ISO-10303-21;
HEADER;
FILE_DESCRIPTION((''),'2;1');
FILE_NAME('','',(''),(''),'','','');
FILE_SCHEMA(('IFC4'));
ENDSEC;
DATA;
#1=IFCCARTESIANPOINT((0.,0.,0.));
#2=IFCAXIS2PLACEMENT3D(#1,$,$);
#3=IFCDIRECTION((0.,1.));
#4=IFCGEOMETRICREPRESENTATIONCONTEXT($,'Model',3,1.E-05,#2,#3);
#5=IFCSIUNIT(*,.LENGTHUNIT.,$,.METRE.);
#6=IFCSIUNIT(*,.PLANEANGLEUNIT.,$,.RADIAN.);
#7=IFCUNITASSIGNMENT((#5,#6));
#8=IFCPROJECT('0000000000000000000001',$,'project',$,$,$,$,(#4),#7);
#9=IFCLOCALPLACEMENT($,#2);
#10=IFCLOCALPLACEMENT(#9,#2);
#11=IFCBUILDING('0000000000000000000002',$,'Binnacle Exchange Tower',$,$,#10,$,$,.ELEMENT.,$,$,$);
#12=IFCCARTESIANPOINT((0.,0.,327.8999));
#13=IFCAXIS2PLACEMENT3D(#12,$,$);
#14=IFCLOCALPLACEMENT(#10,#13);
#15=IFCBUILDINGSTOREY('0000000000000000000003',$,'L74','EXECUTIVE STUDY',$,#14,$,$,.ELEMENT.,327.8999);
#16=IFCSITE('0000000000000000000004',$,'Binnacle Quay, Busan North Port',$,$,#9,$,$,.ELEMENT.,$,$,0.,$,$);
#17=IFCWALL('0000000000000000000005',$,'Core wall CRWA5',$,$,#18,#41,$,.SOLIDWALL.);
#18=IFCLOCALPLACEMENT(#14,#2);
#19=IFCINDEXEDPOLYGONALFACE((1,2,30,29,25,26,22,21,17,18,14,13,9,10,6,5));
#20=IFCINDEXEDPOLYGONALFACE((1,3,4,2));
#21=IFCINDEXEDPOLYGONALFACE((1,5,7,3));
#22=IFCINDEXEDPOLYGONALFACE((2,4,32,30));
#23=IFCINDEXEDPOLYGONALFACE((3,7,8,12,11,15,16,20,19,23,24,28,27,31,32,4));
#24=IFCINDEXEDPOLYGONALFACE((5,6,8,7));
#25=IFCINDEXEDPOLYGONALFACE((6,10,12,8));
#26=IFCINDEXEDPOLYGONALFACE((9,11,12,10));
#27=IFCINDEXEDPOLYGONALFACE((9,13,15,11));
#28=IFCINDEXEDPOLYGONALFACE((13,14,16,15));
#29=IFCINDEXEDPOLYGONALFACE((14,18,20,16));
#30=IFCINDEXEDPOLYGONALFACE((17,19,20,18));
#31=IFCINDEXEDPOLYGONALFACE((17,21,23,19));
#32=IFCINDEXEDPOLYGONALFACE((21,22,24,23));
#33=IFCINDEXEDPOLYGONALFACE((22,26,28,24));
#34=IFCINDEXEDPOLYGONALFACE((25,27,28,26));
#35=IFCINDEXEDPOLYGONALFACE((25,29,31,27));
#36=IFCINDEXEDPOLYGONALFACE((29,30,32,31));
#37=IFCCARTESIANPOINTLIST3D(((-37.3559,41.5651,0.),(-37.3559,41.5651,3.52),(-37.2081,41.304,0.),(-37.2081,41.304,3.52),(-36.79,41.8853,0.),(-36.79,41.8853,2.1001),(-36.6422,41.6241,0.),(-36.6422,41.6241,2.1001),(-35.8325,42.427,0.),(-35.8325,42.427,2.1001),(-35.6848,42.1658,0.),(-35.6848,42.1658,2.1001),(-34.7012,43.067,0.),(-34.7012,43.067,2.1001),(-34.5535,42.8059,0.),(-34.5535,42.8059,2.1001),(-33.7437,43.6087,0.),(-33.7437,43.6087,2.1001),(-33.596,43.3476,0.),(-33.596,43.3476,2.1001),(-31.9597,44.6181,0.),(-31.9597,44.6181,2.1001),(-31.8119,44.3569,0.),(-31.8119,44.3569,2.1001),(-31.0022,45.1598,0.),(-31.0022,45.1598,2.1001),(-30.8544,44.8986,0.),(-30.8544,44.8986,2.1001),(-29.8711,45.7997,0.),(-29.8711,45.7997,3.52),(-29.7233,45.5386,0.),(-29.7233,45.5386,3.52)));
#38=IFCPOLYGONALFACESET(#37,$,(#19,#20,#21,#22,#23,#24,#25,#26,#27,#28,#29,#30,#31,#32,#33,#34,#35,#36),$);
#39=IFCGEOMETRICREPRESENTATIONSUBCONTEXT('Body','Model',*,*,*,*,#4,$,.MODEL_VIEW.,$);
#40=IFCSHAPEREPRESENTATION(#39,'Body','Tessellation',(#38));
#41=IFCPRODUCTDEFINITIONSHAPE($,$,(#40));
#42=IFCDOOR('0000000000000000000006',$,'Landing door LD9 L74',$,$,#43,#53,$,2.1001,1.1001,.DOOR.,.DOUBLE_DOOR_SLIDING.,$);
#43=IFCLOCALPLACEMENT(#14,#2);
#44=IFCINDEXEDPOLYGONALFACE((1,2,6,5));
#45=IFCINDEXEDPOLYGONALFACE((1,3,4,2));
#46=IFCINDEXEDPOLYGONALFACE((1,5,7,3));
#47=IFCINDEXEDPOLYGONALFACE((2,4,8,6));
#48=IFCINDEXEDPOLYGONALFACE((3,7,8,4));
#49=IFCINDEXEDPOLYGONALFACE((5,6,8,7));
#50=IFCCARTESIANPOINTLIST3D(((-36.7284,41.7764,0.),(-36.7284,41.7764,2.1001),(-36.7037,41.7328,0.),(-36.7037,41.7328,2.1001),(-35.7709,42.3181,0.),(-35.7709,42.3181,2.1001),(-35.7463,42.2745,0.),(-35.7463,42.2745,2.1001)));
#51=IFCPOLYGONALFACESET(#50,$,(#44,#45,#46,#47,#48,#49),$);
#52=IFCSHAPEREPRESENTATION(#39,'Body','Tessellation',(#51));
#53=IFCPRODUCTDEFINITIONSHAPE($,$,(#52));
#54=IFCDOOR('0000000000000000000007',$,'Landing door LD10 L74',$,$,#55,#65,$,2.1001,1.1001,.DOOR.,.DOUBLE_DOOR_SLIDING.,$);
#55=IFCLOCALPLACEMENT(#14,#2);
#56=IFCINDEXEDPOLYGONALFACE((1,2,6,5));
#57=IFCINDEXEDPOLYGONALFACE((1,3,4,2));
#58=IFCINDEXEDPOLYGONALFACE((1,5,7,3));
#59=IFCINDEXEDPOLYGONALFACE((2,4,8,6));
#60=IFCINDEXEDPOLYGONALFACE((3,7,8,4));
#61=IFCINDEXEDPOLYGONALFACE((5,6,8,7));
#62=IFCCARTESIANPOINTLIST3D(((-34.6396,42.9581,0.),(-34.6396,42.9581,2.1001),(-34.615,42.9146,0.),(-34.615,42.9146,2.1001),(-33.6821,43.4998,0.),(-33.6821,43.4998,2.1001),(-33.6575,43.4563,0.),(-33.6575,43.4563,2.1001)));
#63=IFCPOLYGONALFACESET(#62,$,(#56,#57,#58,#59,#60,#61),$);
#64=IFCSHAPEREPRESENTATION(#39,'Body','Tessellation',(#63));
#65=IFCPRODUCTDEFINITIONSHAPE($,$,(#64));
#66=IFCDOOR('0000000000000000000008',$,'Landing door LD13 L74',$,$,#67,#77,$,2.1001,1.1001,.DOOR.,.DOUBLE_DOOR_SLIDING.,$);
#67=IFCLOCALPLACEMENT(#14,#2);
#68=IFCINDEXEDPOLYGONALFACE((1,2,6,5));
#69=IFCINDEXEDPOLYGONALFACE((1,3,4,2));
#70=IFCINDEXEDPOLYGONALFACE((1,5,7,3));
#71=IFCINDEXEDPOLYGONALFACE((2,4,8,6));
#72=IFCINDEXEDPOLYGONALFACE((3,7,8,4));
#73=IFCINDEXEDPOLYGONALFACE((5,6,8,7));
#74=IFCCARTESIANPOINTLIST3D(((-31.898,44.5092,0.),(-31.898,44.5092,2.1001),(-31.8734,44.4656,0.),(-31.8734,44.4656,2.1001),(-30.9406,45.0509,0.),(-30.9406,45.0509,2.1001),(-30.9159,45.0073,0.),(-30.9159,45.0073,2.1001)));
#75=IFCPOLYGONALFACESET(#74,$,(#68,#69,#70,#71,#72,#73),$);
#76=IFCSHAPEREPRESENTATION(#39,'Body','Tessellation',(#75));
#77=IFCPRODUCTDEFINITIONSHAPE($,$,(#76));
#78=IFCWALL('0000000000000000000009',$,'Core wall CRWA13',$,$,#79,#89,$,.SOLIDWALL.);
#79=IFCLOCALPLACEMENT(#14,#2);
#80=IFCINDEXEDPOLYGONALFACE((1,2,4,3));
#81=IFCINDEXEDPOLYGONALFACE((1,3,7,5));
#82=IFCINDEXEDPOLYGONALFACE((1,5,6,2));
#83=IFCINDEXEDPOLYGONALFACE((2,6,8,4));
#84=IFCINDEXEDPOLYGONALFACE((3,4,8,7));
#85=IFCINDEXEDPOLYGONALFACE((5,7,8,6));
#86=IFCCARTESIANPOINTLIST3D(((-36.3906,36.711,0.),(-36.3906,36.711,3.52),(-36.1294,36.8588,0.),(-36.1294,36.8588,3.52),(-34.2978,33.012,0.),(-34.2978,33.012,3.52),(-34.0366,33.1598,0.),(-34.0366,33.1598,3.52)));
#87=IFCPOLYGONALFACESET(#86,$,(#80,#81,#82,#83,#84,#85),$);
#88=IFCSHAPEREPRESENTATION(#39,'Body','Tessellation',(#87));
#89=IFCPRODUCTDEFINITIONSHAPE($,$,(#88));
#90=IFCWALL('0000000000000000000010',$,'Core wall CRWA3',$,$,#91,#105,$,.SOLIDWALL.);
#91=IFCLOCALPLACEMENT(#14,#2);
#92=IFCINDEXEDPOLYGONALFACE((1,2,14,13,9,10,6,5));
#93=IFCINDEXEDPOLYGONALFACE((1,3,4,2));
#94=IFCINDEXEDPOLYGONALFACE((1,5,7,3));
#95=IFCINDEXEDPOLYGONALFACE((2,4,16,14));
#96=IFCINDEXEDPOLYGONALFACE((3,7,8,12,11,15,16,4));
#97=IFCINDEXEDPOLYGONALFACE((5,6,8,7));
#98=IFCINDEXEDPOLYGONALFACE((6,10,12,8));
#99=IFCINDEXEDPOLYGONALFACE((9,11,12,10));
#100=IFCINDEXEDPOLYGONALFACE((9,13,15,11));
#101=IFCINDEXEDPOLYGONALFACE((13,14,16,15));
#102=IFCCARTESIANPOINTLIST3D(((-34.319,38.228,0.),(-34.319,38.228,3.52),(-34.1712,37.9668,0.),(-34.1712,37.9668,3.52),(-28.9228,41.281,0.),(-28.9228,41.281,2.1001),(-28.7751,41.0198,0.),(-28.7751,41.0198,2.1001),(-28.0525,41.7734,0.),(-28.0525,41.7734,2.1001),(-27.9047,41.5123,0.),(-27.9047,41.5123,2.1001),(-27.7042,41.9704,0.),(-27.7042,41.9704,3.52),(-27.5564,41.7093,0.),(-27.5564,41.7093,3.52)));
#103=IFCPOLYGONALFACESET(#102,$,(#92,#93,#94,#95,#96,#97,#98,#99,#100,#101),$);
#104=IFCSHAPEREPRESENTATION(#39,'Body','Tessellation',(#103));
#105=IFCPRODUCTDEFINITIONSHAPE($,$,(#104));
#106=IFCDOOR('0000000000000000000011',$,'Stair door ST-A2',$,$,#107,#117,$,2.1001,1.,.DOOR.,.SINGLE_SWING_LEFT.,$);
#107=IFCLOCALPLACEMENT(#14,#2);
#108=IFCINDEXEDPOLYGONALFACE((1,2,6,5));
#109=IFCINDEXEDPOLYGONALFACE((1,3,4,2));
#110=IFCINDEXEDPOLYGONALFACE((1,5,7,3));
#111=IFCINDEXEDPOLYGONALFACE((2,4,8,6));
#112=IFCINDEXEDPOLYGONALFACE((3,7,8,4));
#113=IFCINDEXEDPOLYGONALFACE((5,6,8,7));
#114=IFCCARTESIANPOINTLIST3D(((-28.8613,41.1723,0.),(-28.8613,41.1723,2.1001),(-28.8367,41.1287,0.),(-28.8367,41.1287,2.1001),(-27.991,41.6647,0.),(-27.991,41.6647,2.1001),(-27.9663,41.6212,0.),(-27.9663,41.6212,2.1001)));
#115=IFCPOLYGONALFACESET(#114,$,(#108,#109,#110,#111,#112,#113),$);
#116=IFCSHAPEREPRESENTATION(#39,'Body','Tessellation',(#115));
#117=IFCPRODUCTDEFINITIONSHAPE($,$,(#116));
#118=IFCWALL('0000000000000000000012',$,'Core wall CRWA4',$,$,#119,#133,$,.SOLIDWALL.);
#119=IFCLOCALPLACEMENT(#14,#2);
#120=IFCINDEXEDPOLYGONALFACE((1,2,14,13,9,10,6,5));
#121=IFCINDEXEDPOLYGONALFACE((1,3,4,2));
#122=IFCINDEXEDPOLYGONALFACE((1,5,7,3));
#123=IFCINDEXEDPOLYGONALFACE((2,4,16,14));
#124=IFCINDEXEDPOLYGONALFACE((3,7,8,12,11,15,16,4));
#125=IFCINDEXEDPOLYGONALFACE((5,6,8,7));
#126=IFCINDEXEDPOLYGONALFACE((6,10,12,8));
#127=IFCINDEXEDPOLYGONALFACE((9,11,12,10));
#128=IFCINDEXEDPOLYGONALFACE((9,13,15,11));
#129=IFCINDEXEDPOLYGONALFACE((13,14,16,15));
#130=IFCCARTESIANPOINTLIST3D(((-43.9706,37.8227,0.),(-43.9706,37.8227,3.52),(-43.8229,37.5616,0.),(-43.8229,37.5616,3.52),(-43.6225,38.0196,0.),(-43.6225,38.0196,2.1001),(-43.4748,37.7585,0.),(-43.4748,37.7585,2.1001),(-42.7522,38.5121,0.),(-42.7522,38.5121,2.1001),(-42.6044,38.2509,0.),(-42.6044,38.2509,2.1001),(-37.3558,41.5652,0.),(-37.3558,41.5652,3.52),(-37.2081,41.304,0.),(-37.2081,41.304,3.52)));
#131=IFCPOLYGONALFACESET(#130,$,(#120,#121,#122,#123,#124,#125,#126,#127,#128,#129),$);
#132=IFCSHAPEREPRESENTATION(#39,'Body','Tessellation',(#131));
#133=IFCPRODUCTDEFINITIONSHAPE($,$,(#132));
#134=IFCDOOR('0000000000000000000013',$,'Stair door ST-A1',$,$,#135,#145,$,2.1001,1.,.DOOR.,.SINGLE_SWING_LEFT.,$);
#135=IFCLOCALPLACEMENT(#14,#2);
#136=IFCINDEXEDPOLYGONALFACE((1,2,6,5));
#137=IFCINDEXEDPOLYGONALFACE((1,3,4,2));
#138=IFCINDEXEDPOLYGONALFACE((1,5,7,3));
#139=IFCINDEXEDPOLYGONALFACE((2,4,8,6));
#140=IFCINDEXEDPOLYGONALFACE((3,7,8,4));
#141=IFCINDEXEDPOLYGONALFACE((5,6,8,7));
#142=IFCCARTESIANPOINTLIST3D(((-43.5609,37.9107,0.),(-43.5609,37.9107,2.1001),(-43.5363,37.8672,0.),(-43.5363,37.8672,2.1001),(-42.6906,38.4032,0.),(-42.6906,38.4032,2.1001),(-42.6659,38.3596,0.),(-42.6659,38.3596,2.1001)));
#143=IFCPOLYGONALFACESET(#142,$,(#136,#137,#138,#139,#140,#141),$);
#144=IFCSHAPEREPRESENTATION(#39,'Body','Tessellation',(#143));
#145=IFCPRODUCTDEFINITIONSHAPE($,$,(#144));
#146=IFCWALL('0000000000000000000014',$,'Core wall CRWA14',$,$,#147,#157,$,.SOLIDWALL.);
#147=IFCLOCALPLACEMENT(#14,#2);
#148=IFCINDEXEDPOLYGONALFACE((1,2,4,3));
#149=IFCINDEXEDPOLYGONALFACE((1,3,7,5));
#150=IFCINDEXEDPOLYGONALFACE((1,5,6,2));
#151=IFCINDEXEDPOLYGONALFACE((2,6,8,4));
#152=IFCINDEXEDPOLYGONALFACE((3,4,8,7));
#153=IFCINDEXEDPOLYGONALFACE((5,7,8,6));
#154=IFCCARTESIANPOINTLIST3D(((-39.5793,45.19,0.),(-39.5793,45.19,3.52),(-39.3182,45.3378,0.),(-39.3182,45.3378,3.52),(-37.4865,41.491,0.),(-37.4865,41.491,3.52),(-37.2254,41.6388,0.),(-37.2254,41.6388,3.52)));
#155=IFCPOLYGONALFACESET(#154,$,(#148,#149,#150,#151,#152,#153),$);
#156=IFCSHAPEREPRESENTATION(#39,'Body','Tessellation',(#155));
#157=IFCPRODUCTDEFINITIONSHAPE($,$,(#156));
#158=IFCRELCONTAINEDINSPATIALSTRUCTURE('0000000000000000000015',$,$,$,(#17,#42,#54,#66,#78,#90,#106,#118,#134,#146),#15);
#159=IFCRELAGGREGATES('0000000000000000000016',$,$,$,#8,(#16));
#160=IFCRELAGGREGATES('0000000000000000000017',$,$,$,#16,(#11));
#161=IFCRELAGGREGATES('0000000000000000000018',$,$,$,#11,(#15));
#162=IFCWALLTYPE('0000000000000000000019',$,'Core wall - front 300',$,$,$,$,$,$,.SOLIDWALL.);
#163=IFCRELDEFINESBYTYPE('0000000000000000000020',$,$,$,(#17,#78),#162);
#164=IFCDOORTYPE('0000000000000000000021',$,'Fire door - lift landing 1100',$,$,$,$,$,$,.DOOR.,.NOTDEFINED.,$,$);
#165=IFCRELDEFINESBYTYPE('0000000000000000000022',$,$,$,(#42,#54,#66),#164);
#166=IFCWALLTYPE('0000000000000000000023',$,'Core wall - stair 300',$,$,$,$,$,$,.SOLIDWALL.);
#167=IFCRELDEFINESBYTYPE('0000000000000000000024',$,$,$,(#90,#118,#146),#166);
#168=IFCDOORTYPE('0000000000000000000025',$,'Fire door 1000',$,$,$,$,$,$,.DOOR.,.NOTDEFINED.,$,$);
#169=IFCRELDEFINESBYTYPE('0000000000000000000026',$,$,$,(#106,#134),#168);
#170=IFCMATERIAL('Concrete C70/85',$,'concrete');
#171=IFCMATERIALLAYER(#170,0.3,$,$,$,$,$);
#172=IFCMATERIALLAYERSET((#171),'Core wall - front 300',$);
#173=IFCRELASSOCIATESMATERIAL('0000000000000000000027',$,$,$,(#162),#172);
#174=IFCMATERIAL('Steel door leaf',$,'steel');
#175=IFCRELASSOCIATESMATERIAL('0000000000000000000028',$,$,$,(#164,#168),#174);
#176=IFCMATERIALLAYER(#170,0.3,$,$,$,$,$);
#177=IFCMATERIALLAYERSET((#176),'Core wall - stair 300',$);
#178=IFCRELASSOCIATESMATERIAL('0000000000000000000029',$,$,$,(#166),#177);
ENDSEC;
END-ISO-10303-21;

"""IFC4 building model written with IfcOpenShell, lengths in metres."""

from ifc_helpers import new_model, si_unit, direction, frame, frame_2d, origin, place, context, subcontext, project, spatial, rectangle, extrude, material, layer, layer_set, type_object, element, fill, save


model = new_model("IFC4")

# Units and contexts
model_context = context("Model", 3, precision=1e-05, world=origin(), true_north=direction((0.0, 1.0)))
body_context = subcontext(model_context, "Body", "Model", "MODEL_VIEW")
ifc_project = project(units=[si_unit("LENGTHUNIT", "METRE"), si_unit("PLANEANGLEUNIT", "RADIAN")], contexts=[model_context])

# Site, building, storey
site_placement = place(None, origin())
site = spatial("IfcSite", under=ifc_project, at=site_placement, Name="Binnacle Quay, Busan North Port", CompositionType="ELEMENT", RefElevation=0.0)
building_placement = place(site_placement, origin())
building = spatial("IfcBuilding", under=site, at=building_placement, Name="Binnacle Exchange Tower", CompositionType="ELEMENT")
storey_placement = place(building_placement, frame((0.0, 0.0, 327.8999)))
storey = spatial("IfcBuildingStorey", under=building, at=storey_placement, Name="L74", Description="EXECUTIVE STUDY", CompositionType="ELEMENT", Elevation=327.8999)

# Wall, openings, doors
ifc_material_1 = material(Name="Concrete C70/85", Category="concrete")
ifc_layer_1 = layer(ifc_material_1, 0.3)
ifc_layer_set_1 = layer_set([ifc_layer_1], Name="Core wall - front 300")
wall_type_1 = type_object("IfcWallType", Name="Core wall - front 300", PredefinedType="SOLIDWALL", material=ifc_layer_set_1)
wall_1_placement = place(storey_placement, frame((-37.282, 41.4346, 0.0), z_axis=(0.0, 0.0, 1.0), x_axis=(0.870361, 0.492414, 0.0)))
wall_1 = element("IfcWall", 1, at=wall_1_placement, inside=storey, type_object=wall_type_1, Name="Core wall CRWA5", PredefinedType="SOLIDWALL", context=body_context, shape_type="SweptSolid", body=[
    extrude(rectangle(XDim=8.5996, YDim=0.3, at=frame_2d((4.2998, 0.0))), origin(), (0.0, 0.0, 1.0), 3.52),
])
opening_1_placement = place(wall_1_placement, frame((0.6501, 0.0, 0.0)))
opening_1 = element("IfcOpeningElement", 2, at=opening_1_placement, cuts=wall_1, PredefinedType="OPENING", context=body_context, shape_type="SweptSolid", body=[
    extrude(rectangle(XDim=1.1001, YDim=2.1001, at=frame_2d((0.55, 1.05))), frame((0.0, 0.1599, 0.0), z_axis=(0.0, -1.0, 0.0), x_axis=(1.0, 0.0, 0.0)), (0.0, 0.0, 1.0), 0.3201),
])
opening_2_placement = place(wall_1_placement, frame((3.05, 0.0, 0.0)))
opening_2 = element("IfcOpeningElement", 3, at=opening_2_placement, cuts=wall_1, PredefinedType="OPENING", context=body_context, shape_type="SweptSolid", body=[
    extrude(rectangle(XDim=1.1001, YDim=2.1001, at=frame_2d((0.55, 1.05))), frame((0.0, 0.1599, 0.0), z_axis=(0.0, -1.0, 0.0), x_axis=(1.0, 0.0, 0.0)), (0.0, 0.0, 1.0), 0.3201),
])
opening_3_placement = place(wall_1_placement, frame((6.2, 0.0, 0.0)))
opening_3 = element("IfcOpeningElement", 4, at=opening_3_placement, cuts=wall_1, PredefinedType="OPENING", context=body_context, shape_type="SweptSolid", body=[
    extrude(rectangle(XDim=1.1001, YDim=2.1001, at=frame_2d((0.55, 1.05))), frame((0.0, 0.1599, 0.0), z_axis=(0.0, -1.0, 0.0), x_axis=(1.0, 0.0, 0.0)), (0.0, 0.0, 1.0), 0.3201),
])
ifc_material_2 = material(Name="Steel door leaf", Category="steel")
door_type_1 = type_object("IfcDoorType", Name="Fire door - lift landing 1100", OperationType="NOTDEFINED", PredefinedType="DOOR", material=ifc_material_2)
door_1_placement = place(opening_1_placement, origin())
door_1 = element("IfcDoor", 5, at=door_1_placement, inside=storey, type_object=door_type_1, Name="Landing door LD9 L74", OperationType="DOUBLE_DOOR_SLIDING", OverallHeight=2.1001, OverallWidth=1.1001, PredefinedType="DOOR", context=body_context, shape_type="SweptSolid", body=[
    extrude(rectangle(XDim=1.1001, YDim=2.1001, at=frame_2d((0.55, 1.05))), frame((0.0, 0.0249, 0.0), z_axis=(0.0, -1.0, 0.0), x_axis=(1.0, 0.0, 0.0)), (0.0, 0.0, 1.0), 0.05),
])
fill(opening_1, door_1)
door_2_placement = place(opening_2_placement, origin())
door_2 = element("IfcDoor", 6, at=door_2_placement, inside=storey, type_object=door_type_1, Name="Landing door LD10 L74", OperationType="DOUBLE_DOOR_SLIDING", OverallHeight=2.1001, OverallWidth=1.1001, PredefinedType="DOOR", context=body_context, shape_type="SweptSolid", body=[
    extrude(rectangle(XDim=1.1001, YDim=2.1001, at=frame_2d((0.55, 1.05))), frame((0.0, 0.0249, 0.0), z_axis=(0.0, -1.0, 0.0), x_axis=(1.0, 0.0, 0.0)), (0.0, 0.0, 1.0), 0.05),
])
fill(opening_2, door_2)
door_3_placement = place(opening_3_placement, origin())
door_3 = element("IfcDoor", 7, at=door_3_placement, inside=storey, type_object=door_type_1, Name="Landing door LD13 L74", OperationType="DOUBLE_DOOR_SLIDING", OverallHeight=2.1001, OverallWidth=1.1001, PredefinedType="DOOR", context=body_context, shape_type="SweptSolid", body=[
    extrude(rectangle(XDim=1.1001, YDim=2.1001, at=frame_2d((0.55, 1.05))), frame((0.0, 0.0249, 0.0), z_axis=(0.0, -1.0, 0.0), x_axis=(1.0, 0.0, 0.0)), (0.0, 0.0, 1.0), 0.05),
])
fill(opening_3, door_3)

# Wall
wall_2_placement = place(storey_placement, frame((-36.26, 36.7849, 0.0), z_axis=(0.0, 0.0, 1.0), x_axis=(0.492423, -0.870356, 0.0)))
element("IfcWall", 8, at=wall_2_placement, inside=storey, type_object=wall_type_1, Name="Core wall CRWA13", PredefinedType="SOLIDWALL", context=body_context, shape_type="SweptSolid", body=[
    extrude(rectangle(XDim=4.25, YDim=0.3, at=frame_2d((2.125, 0.0))), origin(), (0.0, 0.0, 1.0), 3.52),
])

# Walls, openings, doors
ifc_layer_2 = layer(ifc_material_1, 0.3)
ifc_layer_set_2 = layer_set([ifc_layer_2], Name="Core wall - stair 300")
wall_type_2 = type_object("IfcWallType", Name="Core wall - stair 300", PredefinedType="SOLIDWALL", material=ifc_layer_set_2)
wall_3_placement = place(storey_placement, frame((-34.2451, 38.0974, 0.0), z_axis=(0.0, 0.0, 1.0), x_axis=(0.870356, 0.492422, 0.0)))
wall_3 = element("IfcWall", 9, at=wall_3_placement, inside=storey, type_object=wall_type_2, Name="Core wall CRWA3", PredefinedType="SOLIDWALL", context=body_context, shape_type="SweptSolid", body=[
    extrude(rectangle(XDim=7.6001, YDim=0.3, at=frame_2d((3.8, 0.0))), origin(), (0.0, 0.0, 1.0), 3.52),
])
opening_4_placement = place(wall_3_placement, frame((6.2, 0.0, 0.0)))
opening_4 = element("IfcOpeningElement", 10, at=opening_4_placement, cuts=wall_3, PredefinedType="OPENING", context=body_context, shape_type="SweptSolid", body=[
    extrude(rectangle(XDim=1.0, YDim=2.1001, at=frame_2d((0.5, 1.05))), frame((0.0, 0.1599, 0.0), z_axis=(0.0, -1.0, 0.0), x_axis=(1.0, 0.0, 0.0)), (0.0, 0.0, 1.0), 0.3201),
])
door_type_2 = type_object("IfcDoorType", Name="Fire door 1000", OperationType="NOTDEFINED", PredefinedType="DOOR", material=ifc_material_2)
door_4_placement = place(opening_4_placement, frame((1.0, 0.0, 0.0), z_axis=(0.0, 0.0, 1.0), x_axis=(-1.0, 0.0, 0.0)))
door_4 = element("IfcDoor", 11, at=door_4_placement, inside=storey, type_object=door_type_2, Name="Stair door ST-A2", OperationType="SINGLE_SWING_LEFT", OverallHeight=2.1001, OverallWidth=1.0, PredefinedType="DOOR", context=body_context, shape_type="SweptSolid", body=[
    extrude(rectangle(XDim=1.0, YDim=2.1001, at=frame_2d((0.5, 1.05))), frame((0.0, 0.0249, 0.0), z_axis=(0.0, -1.0, 0.0), x_axis=(1.0, 0.0, 0.0)), (0.0, 0.0, 1.0), 0.05),
])
fill(opening_4, door_4)
wall_4_placement = place(storey_placement, frame((-43.8967, 37.6921, 0.0), z_axis=(0.0, 0.0, 1.0), x_axis=(0.870356, 0.492422, 0.0)))
wall_4 = element("IfcWall", 12, at=wall_4_placement, inside=storey, type_object=wall_type_2, Name="Core wall CRWA4", PredefinedType="SOLIDWALL", context=body_context, shape_type="SweptSolid", body=[
    extrude(rectangle(XDim=7.6001, YDim=0.3, at=frame_2d((3.8, 0.0))), origin(), (0.0, 0.0, 1.0), 3.52),
])
opening_5_placement = place(wall_4_placement, frame((0.3999, 0.0, 0.0)))
opening_5 = element("IfcOpeningElement", 13, at=opening_5_placement, cuts=wall_4, PredefinedType="OPENING", context=body_context, shape_type="SweptSolid", body=[
    extrude(rectangle(XDim=1.0, YDim=2.1001, at=frame_2d((0.5, 1.05))), frame((0.0, 0.1599, 0.0), z_axis=(0.0, -1.0, 0.0), x_axis=(1.0, 0.0, 0.0)), (0.0, 0.0, 1.0), 0.3201),
])
door_5_placement = place(opening_5_placement, origin())
door_5 = element("IfcDoor", 14, at=door_5_placement, inside=storey, type_object=door_type_2, Name="Stair door ST-A1", OperationType="SINGLE_SWING_LEFT", OverallHeight=2.1001, OverallWidth=1.0, PredefinedType="DOOR", context=body_context, shape_type="SweptSolid", body=[
    extrude(rectangle(XDim=1.0, YDim=2.1001, at=frame_2d((0.5, 1.05))), frame((0.0, 0.0249, 0.0), z_axis=(0.0, -1.0, 0.0), x_axis=(1.0, 0.0, 0.0)), (0.0, 0.0, 1.0), 0.05),
])
fill(opening_5, door_5)

# Wall
wall_5_placement = place(storey_placement, frame((-39.4487, 45.2639, 0.0), z_axis=(0.0, 0.0, 1.0), x_axis=(0.492423, -0.870356, 0.0)))
element("IfcWall", 15, at=wall_5_placement, inside=storey, type_object=wall_type_2, Name="Core wall CRWA14", PredefinedType="SOLIDWALL", context=body_context, shape_type="SweptSolid", body=[
    extrude(rectangle(XDim=4.25, YDim=0.3, at=frame_2d((2.125, 0.0))), origin(), (0.0, 0.0, 1.0), 3.52),
])

save(model, "model.ifc")
